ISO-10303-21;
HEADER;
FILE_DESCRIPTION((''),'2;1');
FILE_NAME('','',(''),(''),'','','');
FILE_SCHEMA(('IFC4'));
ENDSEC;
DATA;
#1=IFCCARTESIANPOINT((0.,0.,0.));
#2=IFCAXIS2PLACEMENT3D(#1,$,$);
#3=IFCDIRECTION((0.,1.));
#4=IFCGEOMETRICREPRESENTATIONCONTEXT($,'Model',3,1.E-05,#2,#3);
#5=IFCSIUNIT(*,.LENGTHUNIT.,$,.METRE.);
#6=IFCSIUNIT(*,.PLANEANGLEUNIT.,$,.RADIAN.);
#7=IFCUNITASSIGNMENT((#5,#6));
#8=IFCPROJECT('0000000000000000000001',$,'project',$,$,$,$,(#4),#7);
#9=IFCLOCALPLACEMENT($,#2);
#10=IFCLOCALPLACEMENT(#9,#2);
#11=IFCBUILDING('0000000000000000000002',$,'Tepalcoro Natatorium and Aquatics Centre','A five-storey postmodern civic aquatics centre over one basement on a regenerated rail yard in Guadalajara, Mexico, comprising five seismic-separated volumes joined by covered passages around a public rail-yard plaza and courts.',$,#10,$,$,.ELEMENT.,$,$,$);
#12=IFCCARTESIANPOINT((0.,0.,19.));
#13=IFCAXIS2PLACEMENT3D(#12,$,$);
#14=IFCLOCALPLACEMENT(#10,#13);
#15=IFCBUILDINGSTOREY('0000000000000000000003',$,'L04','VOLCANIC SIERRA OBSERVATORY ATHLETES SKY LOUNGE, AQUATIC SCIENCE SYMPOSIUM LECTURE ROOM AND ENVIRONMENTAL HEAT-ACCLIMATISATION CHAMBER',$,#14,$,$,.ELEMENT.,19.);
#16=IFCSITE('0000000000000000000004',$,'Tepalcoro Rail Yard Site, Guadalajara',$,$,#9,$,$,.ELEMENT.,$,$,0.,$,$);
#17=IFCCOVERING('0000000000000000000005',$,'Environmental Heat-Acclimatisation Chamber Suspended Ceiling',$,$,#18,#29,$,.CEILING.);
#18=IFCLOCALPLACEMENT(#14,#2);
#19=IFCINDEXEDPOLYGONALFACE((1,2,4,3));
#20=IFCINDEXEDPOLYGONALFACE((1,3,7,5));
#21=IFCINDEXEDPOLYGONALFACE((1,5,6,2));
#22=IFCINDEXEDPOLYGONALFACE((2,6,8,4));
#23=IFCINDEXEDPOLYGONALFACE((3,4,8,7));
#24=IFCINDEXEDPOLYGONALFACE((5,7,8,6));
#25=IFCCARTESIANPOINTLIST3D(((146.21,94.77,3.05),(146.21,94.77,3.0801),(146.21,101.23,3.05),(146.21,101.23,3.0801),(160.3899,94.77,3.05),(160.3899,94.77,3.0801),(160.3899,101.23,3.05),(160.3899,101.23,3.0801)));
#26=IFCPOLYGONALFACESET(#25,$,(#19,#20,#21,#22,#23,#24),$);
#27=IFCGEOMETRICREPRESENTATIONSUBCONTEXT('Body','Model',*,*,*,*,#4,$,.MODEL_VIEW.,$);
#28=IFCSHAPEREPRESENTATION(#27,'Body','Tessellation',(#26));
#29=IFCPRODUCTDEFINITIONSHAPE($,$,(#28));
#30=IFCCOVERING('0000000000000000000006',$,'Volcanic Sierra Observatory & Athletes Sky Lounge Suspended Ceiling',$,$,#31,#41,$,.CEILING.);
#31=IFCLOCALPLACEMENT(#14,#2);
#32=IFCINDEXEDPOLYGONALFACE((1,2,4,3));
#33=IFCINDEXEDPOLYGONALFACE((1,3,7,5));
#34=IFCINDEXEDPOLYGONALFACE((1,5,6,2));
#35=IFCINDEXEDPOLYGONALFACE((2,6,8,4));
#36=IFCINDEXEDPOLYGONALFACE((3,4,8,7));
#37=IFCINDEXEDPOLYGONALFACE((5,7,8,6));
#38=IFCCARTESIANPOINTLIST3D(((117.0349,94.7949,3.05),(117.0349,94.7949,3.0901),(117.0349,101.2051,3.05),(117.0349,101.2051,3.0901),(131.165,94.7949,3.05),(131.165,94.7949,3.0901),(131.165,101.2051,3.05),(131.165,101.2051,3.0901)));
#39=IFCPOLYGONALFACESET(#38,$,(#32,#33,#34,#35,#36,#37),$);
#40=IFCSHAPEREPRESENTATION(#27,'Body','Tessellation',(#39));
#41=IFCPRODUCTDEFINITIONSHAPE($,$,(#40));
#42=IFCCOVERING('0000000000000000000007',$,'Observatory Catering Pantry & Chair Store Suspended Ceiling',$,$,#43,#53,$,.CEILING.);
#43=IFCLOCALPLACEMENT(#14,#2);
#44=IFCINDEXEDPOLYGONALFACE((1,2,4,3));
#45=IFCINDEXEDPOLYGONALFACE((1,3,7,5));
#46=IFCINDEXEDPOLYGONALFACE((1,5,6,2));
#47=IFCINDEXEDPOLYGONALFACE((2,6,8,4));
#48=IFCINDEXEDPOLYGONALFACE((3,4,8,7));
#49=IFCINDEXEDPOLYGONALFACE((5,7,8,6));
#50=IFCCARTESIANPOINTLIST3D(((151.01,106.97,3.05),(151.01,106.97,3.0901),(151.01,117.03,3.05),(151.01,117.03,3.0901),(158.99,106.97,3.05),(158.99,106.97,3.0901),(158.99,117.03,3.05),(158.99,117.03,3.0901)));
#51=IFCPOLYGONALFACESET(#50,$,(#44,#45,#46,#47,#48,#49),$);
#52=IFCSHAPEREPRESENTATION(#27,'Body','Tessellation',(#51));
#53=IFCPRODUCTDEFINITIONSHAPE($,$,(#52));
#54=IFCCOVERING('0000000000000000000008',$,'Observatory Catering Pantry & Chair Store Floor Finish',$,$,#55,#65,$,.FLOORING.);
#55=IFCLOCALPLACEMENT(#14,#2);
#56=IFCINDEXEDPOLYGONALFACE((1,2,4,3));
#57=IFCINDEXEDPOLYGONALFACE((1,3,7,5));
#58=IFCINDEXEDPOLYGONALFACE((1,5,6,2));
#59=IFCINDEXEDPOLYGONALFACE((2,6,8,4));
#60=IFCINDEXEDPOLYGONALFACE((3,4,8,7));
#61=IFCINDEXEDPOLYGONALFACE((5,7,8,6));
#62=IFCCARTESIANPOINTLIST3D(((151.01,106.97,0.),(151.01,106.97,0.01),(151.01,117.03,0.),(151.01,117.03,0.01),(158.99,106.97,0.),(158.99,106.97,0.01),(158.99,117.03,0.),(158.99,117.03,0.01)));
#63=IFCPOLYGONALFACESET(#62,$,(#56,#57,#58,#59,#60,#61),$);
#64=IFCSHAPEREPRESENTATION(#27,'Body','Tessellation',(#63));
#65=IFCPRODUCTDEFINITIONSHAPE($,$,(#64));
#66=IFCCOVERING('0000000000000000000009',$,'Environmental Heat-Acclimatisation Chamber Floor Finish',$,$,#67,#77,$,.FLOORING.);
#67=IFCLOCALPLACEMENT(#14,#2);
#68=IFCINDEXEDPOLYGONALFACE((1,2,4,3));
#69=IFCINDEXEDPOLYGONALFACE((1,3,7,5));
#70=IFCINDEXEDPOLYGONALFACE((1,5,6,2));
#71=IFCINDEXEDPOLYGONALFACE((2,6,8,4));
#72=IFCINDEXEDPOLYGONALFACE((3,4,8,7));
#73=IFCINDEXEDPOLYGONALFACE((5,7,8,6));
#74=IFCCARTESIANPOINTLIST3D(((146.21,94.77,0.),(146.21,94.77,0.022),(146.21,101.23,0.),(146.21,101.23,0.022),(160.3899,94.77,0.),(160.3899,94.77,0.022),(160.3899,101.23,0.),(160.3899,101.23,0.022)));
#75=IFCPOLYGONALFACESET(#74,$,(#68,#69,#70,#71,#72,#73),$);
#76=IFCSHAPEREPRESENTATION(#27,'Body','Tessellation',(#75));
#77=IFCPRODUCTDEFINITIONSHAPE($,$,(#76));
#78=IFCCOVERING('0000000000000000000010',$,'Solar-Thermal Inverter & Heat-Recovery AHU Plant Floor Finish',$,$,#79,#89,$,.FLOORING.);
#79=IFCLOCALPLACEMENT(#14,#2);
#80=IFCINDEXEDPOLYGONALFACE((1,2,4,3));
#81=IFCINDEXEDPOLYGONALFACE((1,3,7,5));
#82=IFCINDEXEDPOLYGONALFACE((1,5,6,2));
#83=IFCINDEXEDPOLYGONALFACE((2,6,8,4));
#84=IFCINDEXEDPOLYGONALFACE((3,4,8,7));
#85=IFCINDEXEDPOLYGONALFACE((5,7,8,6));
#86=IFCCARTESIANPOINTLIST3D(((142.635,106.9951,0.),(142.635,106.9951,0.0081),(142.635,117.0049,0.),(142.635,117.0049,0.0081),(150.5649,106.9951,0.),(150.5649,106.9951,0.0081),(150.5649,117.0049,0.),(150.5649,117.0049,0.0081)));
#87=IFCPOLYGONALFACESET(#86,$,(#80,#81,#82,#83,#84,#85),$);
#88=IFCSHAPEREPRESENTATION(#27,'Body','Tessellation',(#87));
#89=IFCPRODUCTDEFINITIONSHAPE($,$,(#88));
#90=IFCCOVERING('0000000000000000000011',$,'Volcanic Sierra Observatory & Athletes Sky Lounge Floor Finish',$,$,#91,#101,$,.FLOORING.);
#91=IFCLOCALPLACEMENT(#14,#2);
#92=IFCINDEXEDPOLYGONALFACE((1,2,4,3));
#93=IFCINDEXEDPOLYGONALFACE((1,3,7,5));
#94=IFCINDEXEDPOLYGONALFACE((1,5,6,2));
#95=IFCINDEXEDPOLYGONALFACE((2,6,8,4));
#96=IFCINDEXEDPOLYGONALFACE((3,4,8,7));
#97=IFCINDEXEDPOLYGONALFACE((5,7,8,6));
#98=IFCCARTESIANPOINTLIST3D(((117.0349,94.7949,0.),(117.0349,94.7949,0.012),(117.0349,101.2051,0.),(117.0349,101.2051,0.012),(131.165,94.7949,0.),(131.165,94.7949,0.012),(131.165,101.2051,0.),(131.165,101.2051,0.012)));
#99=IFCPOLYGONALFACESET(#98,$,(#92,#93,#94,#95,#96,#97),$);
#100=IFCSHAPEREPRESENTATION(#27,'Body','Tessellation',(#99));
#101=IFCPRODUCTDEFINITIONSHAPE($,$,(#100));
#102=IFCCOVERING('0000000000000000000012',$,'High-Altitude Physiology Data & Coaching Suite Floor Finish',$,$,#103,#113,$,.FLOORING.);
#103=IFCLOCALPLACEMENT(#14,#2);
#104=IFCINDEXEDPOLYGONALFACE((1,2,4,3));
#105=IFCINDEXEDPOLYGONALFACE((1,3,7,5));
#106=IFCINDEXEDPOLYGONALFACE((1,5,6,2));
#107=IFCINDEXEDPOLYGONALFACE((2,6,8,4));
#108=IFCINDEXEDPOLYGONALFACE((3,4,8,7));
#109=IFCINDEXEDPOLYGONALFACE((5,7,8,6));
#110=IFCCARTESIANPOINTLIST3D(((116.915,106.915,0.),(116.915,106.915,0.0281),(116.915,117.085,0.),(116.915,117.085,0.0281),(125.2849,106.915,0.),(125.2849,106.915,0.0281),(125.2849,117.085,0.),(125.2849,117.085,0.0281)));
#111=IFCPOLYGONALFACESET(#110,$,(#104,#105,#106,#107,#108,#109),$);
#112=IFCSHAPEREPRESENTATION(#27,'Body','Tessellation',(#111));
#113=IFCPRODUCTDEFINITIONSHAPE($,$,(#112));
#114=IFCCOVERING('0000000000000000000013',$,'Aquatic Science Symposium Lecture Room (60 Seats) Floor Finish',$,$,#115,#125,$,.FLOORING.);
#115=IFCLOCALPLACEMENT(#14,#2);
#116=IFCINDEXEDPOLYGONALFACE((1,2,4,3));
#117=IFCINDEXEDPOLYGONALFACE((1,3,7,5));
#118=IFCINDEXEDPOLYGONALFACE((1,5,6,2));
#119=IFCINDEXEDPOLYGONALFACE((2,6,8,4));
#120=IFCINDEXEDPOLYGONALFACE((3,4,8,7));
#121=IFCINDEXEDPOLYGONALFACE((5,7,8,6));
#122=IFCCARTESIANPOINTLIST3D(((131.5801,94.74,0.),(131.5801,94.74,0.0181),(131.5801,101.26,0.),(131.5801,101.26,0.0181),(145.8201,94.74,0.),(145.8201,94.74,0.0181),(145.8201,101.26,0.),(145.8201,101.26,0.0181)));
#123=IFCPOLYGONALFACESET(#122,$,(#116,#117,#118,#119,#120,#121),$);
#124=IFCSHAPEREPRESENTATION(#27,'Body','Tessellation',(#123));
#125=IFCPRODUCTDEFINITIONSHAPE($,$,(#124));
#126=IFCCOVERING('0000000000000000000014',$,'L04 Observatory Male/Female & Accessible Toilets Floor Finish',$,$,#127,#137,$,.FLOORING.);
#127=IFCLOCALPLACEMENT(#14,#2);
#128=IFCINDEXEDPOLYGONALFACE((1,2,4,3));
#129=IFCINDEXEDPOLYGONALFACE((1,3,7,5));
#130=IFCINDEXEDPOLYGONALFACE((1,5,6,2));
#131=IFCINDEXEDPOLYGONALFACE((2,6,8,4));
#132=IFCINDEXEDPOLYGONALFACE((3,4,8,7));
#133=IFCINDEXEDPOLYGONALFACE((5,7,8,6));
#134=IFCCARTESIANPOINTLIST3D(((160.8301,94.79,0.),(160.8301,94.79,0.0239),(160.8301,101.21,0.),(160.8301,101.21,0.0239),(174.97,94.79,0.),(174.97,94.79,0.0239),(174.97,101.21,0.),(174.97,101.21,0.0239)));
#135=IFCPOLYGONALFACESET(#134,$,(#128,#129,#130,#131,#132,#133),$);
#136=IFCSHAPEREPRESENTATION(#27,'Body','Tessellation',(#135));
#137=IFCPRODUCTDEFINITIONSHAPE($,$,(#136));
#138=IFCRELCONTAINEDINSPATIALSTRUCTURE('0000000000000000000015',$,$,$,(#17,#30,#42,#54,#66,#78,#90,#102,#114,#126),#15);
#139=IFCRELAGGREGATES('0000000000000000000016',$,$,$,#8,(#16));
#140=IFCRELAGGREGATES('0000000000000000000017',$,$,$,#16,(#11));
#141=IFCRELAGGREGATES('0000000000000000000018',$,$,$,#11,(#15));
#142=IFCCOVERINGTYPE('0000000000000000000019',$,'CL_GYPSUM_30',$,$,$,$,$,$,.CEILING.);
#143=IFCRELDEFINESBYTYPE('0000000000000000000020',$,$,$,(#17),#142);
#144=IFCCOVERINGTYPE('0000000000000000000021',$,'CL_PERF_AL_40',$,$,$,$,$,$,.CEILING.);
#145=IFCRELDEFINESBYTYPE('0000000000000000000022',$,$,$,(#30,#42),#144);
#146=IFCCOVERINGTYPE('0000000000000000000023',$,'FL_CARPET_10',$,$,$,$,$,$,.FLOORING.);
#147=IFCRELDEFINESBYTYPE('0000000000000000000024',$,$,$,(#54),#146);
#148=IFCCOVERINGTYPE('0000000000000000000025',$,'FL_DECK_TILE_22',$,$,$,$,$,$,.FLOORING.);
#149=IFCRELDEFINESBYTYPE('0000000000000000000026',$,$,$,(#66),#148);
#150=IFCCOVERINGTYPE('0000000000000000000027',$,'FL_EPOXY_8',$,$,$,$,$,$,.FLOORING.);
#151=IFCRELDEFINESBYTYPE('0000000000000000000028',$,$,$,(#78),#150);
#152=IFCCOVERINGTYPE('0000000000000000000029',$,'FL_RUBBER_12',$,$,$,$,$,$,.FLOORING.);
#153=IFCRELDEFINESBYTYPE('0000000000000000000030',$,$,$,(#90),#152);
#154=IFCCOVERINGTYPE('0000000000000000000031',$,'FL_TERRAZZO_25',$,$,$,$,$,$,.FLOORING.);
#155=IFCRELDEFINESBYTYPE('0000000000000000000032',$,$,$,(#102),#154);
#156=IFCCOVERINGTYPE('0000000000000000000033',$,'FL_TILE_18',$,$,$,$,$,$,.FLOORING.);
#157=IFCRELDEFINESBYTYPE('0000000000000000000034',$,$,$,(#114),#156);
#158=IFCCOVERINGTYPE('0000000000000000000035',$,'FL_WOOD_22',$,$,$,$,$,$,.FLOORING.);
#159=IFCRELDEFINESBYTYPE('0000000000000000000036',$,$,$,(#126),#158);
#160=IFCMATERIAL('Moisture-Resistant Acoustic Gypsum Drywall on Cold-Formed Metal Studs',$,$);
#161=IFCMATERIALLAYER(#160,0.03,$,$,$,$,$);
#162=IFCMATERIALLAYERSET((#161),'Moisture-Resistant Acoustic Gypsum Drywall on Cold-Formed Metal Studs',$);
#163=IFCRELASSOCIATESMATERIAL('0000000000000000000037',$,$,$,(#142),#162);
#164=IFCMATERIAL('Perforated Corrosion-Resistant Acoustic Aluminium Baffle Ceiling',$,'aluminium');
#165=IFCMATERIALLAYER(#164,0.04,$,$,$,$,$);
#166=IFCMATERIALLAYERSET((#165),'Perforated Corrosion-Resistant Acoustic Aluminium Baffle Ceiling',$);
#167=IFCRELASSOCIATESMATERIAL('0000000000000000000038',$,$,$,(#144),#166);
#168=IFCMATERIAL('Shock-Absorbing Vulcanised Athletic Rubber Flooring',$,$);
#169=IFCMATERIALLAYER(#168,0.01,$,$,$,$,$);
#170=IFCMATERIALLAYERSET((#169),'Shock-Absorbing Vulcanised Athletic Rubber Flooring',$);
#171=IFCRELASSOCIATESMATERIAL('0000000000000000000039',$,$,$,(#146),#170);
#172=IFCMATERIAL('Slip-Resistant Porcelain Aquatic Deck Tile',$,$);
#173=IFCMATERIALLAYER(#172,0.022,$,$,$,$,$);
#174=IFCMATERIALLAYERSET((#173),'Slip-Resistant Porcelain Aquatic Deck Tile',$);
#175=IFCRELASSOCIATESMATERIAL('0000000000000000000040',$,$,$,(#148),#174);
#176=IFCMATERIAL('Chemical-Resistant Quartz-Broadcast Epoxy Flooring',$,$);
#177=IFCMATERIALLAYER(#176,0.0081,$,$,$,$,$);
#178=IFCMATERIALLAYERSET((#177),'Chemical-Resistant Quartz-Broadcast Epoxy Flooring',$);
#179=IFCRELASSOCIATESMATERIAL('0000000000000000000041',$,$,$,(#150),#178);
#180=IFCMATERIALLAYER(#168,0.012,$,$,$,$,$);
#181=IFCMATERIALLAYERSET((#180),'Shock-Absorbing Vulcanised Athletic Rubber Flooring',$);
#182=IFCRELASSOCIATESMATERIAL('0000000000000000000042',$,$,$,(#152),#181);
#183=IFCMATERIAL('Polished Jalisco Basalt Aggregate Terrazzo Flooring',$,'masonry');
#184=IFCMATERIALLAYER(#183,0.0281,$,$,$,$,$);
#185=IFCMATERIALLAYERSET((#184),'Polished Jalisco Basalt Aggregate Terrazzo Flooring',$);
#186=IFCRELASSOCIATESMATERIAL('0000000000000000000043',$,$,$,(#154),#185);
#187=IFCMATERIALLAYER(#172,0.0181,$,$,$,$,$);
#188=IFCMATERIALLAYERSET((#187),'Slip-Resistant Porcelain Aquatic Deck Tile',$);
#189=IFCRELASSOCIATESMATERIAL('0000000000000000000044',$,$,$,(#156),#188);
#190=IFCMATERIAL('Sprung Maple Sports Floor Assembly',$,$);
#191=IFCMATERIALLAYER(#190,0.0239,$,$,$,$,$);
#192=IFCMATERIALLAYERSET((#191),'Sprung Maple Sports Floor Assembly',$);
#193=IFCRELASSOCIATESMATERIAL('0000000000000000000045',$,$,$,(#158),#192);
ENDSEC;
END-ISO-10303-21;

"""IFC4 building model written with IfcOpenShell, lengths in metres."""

from ifc_helpers import new_model, si_unit, direction, frame, origin, place, context, subcontext, project, spatial, polyline, outline, extrude, material, layer, layer_set, type_object, element, save


model = new_model("IFC4")

# Units and contexts
model_context = context("Model", 3, precision=1e-05, world=origin(), true_north=direction((0.0, 1.0)))
body_context = subcontext(model_context, "Body", "Model", "MODEL_VIEW")
ifc_project = project(units=[si_unit("LENGTHUNIT", "METRE"), si_unit("PLANEANGLEUNIT", "RADIAN")], contexts=[model_context])

# Site, building, storey
site_placement = place(None, origin())
site = spatial("IfcSite", under=ifc_project, at=site_placement, Name="Tepalcoro Rail Yard Site, Guadalajara", CompositionType="ELEMENT", RefElevation=0.0)
building_placement = place(site_placement, origin())
building = spatial("IfcBuilding", under=site, at=building_placement, Name="Tepalcoro Natatorium and Aquatics Centre", Description="A five-storey postmodern civic aquatics centre over one basement on a regenerated rail yard in Guadalajara, Mexico, comprising five seismic-separated volumes joined by covered passages around a public rail-yard plaza and courts.", CompositionType="ELEMENT")
storey_placement = place(building_placement, frame((0.0, 0.0, 19.0)))
storey = spatial("IfcBuildingStorey", under=building, at=storey_placement, Name="L04", Description="VOLCANIC SIERRA OBSERVATORY ATHLETES SKY LOUNGE, AQUATIC SCIENCE SYMPOSIUM LECTURE ROOM AND ENVIRONMENTAL HEAT-ACCLIMATISATION CHAMBER", CompositionType="ELEMENT", Elevation=19.0)

# Coverings
ifc_material_1 = material(Name="Perforated Corrosion-Resistant Acoustic Aluminium Baffle Ceiling", Category="aluminium")
ifc_material_2 = material(Name="Moisture-Resistant Acoustic Gypsum Drywall on Cold-Formed Metal Studs")
ifc_layer_1 = layer(ifc_material_2, 0.03)
ifc_layer_set_1 = layer_set([ifc_layer_1], Name="Moisture-Resistant Acoustic Gypsum Drywall on Cold-Formed Metal Studs")
covering_type_1 = type_object("IfcCoveringType", Name="CL_GYPSUM_30", PredefinedType="CEILING", material=ifc_layer_set_1)
covering_1_placement = place(storey_placement, frame((0.0, 0.0, 3.05)))
element("IfcCovering", 1, at=covering_1_placement, inside=storey, type_object=covering_type_1, Name="Environmental Heat-Acclimatisation Chamber Suspended Ceiling", PredefinedType="CEILING", context=body_context, shape_type="SweptSolid", body=[
    extrude(outline(polyline([(146.21, 94.77), (146.21, 101.23), (160.3899, 101.23), (160.3899, 94.77), (146.21, 94.77)])), origin(), (0.0, 0.0, 1.0), 0.03),
])
ifc_layer_2 = layer(ifc_material_1, 0.04)
ifc_layer_set_2 = layer_set([ifc_layer_2], Name="Perforated Corrosion-Resistant Acoustic Aluminium Baffle Ceiling")
covering_type_2 = type_object("IfcCoveringType", Name="CL_PERF_AL_40", PredefinedType="CEILING", material=ifc_layer_set_2)
covering_2_placement = place(storey_placement, frame((0.0, 0.0, 3.05)))
element("IfcCovering", 2, at=covering_2_placement, inside=storey, type_object=covering_type_2, Name="Volcanic Sierra Observatory & Athletes Sky Lounge Suspended Ceiling", PredefinedType="CEILING", context=body_context, shape_type="SweptSolid", body=[
    extrude(outline(polyline([(117.0349, 94.7949), (117.0349, 101.2051), (131.165, 101.2051), (131.165, 94.7949), (117.0349, 94.7949)])), origin(), (0.0, 0.0, 1.0), 0.04),
])
covering_3_placement = place(storey_placement, frame((0.0, 0.0, 3.05)))
element("IfcCovering", 3, at=covering_3_placement, inside=storey, type_object=covering_type_2, Name="Observatory Catering Pantry & Chair Store Suspended Ceiling", PredefinedType="CEILING", context=body_context, shape_type="SweptSolid", body=[
    extrude(outline(polyline([(151.01, 106.97), (151.01, 117.03), (158.99, 117.03), (158.99, 106.97), (151.01, 106.97)])), origin(), (0.0, 0.0, 1.0), 0.04),
])
ifc_material_3 = material(Name="Shock-Absorbing Vulcanised Athletic Rubber Flooring")
ifc_layer_3 = layer(ifc_material_3, 0.01)
ifc_layer_set_3 = layer_set([ifc_layer_3], Name="Shock-Absorbing Vulcanised Athletic Rubber Flooring")
covering_type_3 = type_object("IfcCoveringType", Name="FL_CARPET_10", PredefinedType="FLOORING", material=ifc_layer_set_3)
covering_4_placement = place(storey_placement, origin())
element("IfcCovering", 4, at=covering_4_placement, inside=storey, type_object=covering_type_3, Name="Observatory Catering Pantry & Chair Store Floor Finish", PredefinedType="FLOORING", context=body_context, shape_type="SweptSolid", body=[
    extrude(outline(polyline([(151.01, 106.97), (151.01, 117.03), (158.99, 117.03), (158.99, 106.97), (151.01, 106.97)])), origin(), (0.0, 0.0, 1.0), 0.01),
])
ifc_material_4 = material(Name="Slip-Resistant Porcelain Aquatic Deck Tile")
ifc_layer_4 = layer(ifc_material_4, 0.022)
ifc_layer_set_4 = layer_set([ifc_layer_4], Name="Slip-Resistant Porcelain Aquatic Deck Tile")
covering_type_4 = type_object("IfcCoveringType", Name="FL_DECK_TILE_22", PredefinedType="FLOORING", material=ifc_layer_set_4)
covering_5_placement = place(storey_placement, origin())
element("IfcCovering", 5, at=covering_5_placement, inside=storey, type_object=covering_type_4, Name="Environmental Heat-Acclimatisation Chamber Floor Finish", PredefinedType="FLOORING", context=body_context, shape_type="SweptSolid", body=[
    extrude(outline(polyline([(146.21, 94.77), (146.21, 101.23), (160.3899, 101.23), (160.3899, 94.77), (146.21, 94.77)])), origin(), (0.0, 0.0, 1.0), 0.022),
])
ifc_material_5 = material(Name="Chemical-Resistant Quartz-Broadcast Epoxy Flooring")
ifc_layer_5 = layer(ifc_material_5, 0.0081)
ifc_layer_set_5 = layer_set([ifc_layer_5], Name="Chemical-Resistant Quartz-Broadcast Epoxy Flooring")
covering_type_5 = type_object("IfcCoveringType", Name="FL_EPOXY_8", PredefinedType="FLOORING", material=ifc_layer_set_5)
covering_6_placement = place(storey_placement, origin())
element("IfcCovering", 6, at=covering_6_placement, inside=storey, type_object=covering_type_5, Name="Solar-Thermal Inverter & Heat-Recovery AHU Plant Floor Finish", PredefinedType="FLOORING", context=body_context, shape_type="SweptSolid", body=[
    extrude(outline(polyline([(142.635, 106.9951), (142.635, 117.0049), (150.5649, 117.0049), (150.5649, 106.9951), (142.635, 106.9951)])), origin(), (0.0, 0.0, 1.0), 0.0081),
])
ifc_layer_6 = layer(ifc_material_3, 0.012)
ifc_layer_set_6 = layer_set([ifc_layer_6], Name="Shock-Absorbing Vulcanised Athletic Rubber Flooring")
covering_type_6 = type_object("IfcCoveringType", Name="FL_RUBBER_12", PredefinedType="FLOORING", material=ifc_layer_set_6)
covering_7_placement = place(storey_placement, origin())
element("IfcCovering", 7, at=covering_7_placement, inside=storey, type_object=covering_type_6, Name="Volcanic Sierra Observatory & Athletes Sky Lounge Floor Finish", PredefinedType="FLOORING", context=body_context, shape_type="SweptSolid", body=[
    extrude(outline(polyline([(117.0349, 94.7949), (117.0349, 101.2051), (131.165, 101.2051), (131.165, 94.7949), (117.0349, 94.7949)])), origin(), (0.0, 0.0, 1.0), 0.012),
])
ifc_material_6 = material(Name="Polished Jalisco Basalt Aggregate Terrazzo Flooring", Category="masonry")
ifc_layer_7 = layer(ifc_material_6, 0.0281)
ifc_layer_set_7 = layer_set([ifc_layer_7], Name="Polished Jalisco Basalt Aggregate Terrazzo Flooring")
covering_type_7 = type_object("IfcCoveringType", Name="FL_TERRAZZO_25", PredefinedType="FLOORING", material=ifc_layer_set_7)
covering_8_placement = place(storey_placement, origin())
element("IfcCovering", 8, at=covering_8_placement, inside=storey, type_object=covering_type_7, Name="High-Altitude Physiology Data & Coaching Suite Floor Finish", PredefinedType="FLOORING", context=body_context, shape_type="SweptSolid", body=[
    extrude(outline(polyline([(116.915, 106.915), (116.915, 117.085), (125.2849, 117.085), (125.2849, 106.915), (116.915, 106.915)])), origin(), (0.0, 0.0, 1.0), 0.0281),
])
ifc_layer_8 = layer(ifc_material_4, 0.0181)
ifc_layer_set_8 = layer_set([ifc_layer_8], Name="Slip-Resistant Porcelain Aquatic Deck Tile")
covering_type_8 = type_object("IfcCoveringType", Name="FL_TILE_18", PredefinedType="FLOORING", material=ifc_layer_set_8)
covering_9_placement = place(storey_placement, origin())
element("IfcCovering", 9, at=covering_9_placement, inside=storey, type_object=covering_type_8, Name="Aquatic Science Symposium Lecture Room (60 Seats) Floor Finish", PredefinedType="FLOORING", context=body_context, shape_type="SweptSolid", body=[
    extrude(outline(polyline([(131.5801, 94.74), (131.5801, 101.26), (145.8201, 101.26), (145.8201, 94.74), (131.5801, 94.74)])), origin(), (0.0, 0.0, 1.0), 0.0181),
])
ifc_material_7 = material(Name="Sprung Maple Sports Floor Assembly")
ifc_layer_9 = layer(ifc_material_7, 0.0239)
ifc_layer_set_9 = layer_set([ifc_layer_9], Name="Sprung Maple Sports Floor Assembly")
covering_type_9 = type_object("IfcCoveringType", Name="FL_WOOD_22", PredefinedType="FLOORING", material=ifc_layer_set_9)
covering_10_placement = place(storey_placement, origin())
element("IfcCovering", 10, at=covering_10_placement, inside=storey, type_object=covering_type_9, Name="L04 Observatory Male/Female & Accessible Toilets Floor Finish", PredefinedType="FLOORING", context=body_context, shape_type="SweptSolid", body=[
    extrude(outline(polyline([(160.8301, 94.79), (160.8301, 101.21), (174.97, 101.21), (174.97, 94.79), (160.8301, 94.79)])), origin(), (0.0, 0.0, 1.0), 0.0239),
])

save(model, "model.ifc")
